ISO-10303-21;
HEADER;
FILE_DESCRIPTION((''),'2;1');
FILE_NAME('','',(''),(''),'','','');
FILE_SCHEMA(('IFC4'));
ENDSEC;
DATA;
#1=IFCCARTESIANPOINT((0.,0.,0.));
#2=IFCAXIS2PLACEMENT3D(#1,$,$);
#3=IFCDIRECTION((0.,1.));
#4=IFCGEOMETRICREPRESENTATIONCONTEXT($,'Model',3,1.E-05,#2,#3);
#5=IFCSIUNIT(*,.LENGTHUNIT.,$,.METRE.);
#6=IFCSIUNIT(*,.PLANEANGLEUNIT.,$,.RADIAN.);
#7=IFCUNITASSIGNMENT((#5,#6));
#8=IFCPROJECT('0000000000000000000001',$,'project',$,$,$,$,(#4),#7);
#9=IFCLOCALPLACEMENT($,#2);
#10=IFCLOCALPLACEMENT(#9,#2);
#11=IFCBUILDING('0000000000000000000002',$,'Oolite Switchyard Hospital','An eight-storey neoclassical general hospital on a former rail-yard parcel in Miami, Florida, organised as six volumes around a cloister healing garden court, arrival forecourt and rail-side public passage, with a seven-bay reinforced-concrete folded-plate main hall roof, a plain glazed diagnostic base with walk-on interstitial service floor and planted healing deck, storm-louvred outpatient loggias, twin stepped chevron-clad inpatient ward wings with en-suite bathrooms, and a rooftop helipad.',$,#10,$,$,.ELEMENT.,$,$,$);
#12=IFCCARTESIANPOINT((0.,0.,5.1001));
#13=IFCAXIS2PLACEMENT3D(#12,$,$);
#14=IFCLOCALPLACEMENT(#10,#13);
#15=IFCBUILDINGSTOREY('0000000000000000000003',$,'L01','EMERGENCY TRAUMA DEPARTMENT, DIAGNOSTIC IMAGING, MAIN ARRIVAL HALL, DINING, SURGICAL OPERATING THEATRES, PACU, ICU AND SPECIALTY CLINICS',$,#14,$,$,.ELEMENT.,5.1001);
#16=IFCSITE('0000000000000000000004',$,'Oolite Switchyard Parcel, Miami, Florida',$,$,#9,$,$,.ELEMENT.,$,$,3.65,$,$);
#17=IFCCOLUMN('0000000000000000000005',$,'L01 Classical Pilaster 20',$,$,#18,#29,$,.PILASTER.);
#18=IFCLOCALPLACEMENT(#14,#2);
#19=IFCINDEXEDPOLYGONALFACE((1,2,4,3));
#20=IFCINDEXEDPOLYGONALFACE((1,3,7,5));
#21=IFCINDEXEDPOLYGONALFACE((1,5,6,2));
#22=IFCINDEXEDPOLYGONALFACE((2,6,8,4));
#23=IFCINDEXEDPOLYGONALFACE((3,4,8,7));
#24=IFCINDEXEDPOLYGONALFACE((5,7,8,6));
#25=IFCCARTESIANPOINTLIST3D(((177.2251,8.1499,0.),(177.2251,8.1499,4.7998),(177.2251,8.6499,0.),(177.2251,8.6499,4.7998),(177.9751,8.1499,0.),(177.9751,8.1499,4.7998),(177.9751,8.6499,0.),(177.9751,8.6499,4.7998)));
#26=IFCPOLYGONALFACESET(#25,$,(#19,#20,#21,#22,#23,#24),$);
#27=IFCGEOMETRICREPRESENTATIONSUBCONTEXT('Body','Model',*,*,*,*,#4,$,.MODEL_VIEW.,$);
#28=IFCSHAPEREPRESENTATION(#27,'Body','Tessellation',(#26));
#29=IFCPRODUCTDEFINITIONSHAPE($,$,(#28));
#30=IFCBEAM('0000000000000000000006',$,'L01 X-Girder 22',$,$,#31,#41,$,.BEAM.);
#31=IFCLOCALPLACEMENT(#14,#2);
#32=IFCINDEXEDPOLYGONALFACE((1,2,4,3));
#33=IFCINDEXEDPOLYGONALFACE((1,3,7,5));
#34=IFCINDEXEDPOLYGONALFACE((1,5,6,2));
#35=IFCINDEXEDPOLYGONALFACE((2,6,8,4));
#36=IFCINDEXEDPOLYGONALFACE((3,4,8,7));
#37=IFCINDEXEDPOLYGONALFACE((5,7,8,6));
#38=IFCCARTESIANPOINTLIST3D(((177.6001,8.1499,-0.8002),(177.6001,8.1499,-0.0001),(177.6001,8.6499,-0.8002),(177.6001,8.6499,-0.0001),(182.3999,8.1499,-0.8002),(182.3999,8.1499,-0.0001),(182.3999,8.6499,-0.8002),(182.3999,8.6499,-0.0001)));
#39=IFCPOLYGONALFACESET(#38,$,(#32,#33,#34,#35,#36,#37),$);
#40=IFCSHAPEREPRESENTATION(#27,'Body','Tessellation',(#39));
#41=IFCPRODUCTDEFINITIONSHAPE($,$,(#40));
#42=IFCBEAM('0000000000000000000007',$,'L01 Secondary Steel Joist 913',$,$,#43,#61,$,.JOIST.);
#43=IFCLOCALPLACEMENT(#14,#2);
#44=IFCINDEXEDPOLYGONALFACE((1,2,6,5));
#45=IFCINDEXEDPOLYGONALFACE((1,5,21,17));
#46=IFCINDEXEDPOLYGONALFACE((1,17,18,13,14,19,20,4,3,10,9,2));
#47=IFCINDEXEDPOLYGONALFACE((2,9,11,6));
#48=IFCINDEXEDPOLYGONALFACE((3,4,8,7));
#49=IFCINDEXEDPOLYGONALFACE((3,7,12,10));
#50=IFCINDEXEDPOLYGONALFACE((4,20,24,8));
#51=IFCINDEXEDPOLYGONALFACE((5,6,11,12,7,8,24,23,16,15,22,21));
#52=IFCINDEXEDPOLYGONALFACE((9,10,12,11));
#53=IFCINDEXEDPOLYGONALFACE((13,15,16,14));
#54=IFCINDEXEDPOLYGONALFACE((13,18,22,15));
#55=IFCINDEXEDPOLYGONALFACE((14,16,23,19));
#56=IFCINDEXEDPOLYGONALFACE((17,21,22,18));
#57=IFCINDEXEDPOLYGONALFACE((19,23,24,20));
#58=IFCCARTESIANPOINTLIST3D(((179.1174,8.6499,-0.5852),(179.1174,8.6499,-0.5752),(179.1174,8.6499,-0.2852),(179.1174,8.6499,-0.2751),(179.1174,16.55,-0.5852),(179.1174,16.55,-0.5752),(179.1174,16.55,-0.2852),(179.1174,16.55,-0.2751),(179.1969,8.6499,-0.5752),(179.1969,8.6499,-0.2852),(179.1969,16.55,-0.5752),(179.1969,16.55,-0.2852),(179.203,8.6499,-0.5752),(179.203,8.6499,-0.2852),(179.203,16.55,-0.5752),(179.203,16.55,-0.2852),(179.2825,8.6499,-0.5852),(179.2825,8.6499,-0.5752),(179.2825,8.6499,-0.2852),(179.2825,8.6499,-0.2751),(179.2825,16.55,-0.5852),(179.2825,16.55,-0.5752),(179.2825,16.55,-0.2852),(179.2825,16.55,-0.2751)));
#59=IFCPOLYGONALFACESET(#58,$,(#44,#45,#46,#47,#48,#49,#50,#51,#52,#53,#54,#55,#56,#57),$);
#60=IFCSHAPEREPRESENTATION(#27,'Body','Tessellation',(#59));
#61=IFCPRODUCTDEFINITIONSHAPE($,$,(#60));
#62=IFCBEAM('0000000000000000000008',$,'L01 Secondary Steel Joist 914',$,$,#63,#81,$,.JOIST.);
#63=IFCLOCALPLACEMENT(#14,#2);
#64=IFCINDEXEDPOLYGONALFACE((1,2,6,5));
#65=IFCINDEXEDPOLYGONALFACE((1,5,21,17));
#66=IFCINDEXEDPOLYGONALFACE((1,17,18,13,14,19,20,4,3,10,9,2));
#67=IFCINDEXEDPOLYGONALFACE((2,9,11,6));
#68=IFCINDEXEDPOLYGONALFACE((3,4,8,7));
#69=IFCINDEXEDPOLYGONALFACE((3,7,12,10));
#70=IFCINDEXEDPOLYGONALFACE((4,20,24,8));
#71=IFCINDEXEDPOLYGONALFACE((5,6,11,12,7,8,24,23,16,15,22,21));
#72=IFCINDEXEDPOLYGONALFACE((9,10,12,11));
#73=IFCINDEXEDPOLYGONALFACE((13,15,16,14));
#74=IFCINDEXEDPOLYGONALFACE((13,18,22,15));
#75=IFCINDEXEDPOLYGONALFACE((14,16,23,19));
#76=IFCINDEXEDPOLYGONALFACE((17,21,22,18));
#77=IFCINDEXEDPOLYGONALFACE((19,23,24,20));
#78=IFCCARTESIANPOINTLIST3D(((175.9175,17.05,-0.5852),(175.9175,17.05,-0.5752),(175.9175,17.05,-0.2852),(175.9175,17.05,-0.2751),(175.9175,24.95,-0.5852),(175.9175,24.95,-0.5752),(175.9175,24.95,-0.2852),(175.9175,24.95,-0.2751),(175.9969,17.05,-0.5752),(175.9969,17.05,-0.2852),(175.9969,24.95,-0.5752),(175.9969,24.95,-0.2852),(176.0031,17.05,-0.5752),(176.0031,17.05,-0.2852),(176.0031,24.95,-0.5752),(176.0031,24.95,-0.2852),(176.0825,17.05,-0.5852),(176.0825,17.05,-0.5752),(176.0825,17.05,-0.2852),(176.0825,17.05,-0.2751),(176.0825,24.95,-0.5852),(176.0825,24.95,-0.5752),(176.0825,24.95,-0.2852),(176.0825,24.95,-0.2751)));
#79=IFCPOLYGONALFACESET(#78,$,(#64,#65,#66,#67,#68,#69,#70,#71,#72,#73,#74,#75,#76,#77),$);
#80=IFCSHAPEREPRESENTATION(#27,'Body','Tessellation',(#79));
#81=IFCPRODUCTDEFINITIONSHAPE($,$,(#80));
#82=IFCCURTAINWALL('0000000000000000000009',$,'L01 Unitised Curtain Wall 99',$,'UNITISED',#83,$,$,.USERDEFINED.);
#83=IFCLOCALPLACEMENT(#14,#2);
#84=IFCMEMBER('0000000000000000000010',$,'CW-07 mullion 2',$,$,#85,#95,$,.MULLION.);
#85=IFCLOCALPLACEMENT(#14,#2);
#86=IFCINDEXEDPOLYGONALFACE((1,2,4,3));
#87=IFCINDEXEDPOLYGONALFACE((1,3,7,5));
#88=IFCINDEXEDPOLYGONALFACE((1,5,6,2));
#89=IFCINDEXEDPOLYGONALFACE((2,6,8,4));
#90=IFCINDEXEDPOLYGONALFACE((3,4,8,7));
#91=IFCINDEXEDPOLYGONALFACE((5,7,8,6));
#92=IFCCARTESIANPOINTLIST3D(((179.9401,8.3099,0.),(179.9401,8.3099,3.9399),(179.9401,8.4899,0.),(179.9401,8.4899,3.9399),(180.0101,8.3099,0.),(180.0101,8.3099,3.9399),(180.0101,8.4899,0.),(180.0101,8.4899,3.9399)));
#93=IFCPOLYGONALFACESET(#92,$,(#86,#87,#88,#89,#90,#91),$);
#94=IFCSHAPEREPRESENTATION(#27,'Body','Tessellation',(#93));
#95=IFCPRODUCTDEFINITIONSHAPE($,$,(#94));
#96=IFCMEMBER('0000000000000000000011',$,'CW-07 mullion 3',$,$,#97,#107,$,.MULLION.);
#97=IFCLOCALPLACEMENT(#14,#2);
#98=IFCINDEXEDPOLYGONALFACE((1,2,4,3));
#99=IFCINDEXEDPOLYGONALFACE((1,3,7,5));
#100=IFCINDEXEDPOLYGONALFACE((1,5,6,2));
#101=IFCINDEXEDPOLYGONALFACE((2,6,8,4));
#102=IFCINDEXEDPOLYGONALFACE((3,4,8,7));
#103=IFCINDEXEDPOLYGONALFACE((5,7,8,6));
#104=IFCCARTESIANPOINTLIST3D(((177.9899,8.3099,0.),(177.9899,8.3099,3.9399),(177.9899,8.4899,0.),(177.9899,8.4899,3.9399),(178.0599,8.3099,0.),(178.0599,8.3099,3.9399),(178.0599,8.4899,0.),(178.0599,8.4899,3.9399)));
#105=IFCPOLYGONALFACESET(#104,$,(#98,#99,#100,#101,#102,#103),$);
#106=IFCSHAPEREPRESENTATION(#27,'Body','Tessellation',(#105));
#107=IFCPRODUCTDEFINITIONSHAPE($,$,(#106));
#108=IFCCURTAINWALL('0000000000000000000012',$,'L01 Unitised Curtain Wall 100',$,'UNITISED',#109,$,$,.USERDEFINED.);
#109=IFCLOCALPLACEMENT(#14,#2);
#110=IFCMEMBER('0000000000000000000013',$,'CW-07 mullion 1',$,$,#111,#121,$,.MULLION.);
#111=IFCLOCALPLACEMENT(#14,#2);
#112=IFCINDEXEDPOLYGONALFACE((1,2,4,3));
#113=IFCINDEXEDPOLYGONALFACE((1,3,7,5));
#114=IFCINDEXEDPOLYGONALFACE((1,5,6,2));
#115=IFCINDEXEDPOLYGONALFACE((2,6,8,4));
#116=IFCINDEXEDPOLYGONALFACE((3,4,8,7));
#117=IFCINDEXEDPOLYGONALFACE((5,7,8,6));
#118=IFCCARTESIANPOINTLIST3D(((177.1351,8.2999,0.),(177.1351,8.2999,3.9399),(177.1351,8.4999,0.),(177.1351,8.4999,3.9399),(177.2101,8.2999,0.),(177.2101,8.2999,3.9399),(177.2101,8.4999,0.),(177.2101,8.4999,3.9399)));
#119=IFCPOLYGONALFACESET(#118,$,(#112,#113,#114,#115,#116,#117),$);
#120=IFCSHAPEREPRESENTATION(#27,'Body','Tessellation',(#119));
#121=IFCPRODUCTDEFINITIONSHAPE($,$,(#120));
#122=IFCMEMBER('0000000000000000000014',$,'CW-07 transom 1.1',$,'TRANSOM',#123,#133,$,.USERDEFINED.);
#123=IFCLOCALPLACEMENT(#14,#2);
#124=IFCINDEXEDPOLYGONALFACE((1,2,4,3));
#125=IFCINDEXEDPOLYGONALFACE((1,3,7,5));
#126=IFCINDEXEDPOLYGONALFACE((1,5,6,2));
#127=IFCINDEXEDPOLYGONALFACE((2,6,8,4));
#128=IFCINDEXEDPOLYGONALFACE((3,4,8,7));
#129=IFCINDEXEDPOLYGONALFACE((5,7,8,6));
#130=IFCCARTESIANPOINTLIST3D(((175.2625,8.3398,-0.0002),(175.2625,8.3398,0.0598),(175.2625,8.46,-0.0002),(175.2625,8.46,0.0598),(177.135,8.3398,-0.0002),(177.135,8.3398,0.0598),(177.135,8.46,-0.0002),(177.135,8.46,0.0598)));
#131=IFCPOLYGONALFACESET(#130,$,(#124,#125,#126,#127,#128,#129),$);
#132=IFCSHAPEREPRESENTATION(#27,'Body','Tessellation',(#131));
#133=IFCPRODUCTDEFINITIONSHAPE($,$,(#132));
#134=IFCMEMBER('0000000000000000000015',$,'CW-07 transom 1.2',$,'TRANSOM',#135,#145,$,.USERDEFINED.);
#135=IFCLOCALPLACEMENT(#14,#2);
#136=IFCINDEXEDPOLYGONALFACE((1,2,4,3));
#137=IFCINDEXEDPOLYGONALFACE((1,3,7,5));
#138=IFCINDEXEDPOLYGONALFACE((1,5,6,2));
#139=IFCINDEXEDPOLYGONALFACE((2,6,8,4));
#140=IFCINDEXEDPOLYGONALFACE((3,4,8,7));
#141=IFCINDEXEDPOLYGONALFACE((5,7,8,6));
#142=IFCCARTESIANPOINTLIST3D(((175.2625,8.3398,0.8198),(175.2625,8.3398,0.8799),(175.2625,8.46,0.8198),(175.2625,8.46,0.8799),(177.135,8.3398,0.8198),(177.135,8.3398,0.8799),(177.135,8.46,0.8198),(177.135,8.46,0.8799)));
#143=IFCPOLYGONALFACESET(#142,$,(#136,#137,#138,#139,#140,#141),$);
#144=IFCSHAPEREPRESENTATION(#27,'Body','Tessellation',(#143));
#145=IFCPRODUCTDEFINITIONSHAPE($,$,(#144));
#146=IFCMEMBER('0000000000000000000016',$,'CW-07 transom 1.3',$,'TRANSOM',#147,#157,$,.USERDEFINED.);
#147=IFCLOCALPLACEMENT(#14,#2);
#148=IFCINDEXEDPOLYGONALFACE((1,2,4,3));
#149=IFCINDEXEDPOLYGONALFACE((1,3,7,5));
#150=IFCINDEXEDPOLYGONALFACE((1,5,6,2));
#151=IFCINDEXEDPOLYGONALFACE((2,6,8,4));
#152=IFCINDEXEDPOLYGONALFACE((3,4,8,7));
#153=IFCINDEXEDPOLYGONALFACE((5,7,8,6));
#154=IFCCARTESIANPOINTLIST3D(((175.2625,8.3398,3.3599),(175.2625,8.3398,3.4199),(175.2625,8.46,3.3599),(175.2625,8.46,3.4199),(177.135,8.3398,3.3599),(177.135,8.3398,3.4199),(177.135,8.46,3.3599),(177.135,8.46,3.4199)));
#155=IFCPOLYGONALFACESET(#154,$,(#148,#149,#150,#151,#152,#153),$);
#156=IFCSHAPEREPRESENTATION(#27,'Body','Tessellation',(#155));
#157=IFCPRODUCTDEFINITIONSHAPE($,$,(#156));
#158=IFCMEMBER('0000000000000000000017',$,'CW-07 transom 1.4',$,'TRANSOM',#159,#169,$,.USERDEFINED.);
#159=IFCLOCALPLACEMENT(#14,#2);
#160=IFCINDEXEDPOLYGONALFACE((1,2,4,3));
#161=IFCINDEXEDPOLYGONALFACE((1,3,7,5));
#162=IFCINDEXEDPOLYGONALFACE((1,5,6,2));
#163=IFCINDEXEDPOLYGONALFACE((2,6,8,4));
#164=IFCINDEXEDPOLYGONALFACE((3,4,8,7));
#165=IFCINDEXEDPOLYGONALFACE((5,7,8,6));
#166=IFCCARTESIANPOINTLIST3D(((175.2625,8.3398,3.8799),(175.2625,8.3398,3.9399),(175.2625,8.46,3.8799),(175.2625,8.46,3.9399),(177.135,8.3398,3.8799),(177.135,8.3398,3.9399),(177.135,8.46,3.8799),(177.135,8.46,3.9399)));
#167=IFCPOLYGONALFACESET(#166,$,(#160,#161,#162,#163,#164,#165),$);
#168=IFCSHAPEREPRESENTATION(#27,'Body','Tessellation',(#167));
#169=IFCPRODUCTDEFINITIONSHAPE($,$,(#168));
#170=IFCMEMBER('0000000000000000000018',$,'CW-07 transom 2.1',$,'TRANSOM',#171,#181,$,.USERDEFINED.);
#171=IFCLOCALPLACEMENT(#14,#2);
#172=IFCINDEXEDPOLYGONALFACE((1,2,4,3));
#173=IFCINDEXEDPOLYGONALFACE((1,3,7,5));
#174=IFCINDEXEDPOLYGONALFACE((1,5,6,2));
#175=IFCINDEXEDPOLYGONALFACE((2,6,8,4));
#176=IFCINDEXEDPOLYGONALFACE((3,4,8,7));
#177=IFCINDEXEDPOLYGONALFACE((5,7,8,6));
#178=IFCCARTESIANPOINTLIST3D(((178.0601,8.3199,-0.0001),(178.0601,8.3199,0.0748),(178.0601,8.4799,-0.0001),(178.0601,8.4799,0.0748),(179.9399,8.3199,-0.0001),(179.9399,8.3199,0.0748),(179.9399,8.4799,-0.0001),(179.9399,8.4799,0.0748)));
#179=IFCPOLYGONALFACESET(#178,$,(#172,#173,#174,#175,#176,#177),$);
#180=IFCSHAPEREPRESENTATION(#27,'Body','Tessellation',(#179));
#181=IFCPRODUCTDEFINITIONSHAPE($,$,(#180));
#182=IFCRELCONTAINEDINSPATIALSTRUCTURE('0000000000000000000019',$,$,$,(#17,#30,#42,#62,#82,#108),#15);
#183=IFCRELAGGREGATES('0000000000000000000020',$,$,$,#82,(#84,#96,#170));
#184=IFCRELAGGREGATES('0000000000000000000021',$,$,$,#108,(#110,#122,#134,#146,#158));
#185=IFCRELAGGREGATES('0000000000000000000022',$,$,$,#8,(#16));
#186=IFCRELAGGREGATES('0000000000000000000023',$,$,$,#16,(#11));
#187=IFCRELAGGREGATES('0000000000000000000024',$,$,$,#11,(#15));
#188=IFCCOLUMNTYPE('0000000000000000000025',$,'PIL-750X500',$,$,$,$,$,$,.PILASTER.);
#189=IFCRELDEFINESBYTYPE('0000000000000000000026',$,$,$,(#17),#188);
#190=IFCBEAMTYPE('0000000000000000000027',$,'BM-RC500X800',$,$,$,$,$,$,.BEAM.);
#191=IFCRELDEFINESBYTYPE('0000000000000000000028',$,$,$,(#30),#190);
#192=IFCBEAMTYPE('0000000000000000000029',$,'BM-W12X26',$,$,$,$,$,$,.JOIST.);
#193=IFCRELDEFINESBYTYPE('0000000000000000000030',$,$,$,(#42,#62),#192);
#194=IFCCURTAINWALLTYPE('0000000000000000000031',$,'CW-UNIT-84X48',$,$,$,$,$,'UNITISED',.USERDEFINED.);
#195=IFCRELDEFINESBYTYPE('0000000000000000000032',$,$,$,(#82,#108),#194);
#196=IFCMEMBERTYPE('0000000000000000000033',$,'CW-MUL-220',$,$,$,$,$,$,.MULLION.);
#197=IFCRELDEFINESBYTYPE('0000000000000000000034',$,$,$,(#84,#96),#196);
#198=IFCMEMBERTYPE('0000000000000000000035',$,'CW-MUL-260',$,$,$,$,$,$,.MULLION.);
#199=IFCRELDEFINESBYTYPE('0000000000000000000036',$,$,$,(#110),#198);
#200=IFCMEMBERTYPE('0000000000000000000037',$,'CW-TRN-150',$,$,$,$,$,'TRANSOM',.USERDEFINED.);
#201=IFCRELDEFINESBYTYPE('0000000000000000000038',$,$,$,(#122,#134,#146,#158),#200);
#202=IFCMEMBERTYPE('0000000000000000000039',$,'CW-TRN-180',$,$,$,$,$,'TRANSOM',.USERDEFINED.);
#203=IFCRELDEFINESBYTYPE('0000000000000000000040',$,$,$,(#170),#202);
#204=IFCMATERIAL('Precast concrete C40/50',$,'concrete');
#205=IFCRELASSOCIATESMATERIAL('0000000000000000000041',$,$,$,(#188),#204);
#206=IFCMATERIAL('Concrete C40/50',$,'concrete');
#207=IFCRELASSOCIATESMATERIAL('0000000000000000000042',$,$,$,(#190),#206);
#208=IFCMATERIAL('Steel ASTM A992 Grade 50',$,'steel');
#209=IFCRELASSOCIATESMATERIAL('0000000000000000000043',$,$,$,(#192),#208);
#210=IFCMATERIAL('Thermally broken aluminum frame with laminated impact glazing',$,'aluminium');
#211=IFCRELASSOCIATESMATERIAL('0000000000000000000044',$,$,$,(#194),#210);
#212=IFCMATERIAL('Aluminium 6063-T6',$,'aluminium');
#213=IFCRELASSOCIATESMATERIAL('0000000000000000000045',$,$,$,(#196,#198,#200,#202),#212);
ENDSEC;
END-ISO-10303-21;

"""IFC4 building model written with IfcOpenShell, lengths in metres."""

from ifc_helpers import new_model, si_unit, direction, frame, origin, origin_2d, place, context, subcontext, project, spatial, rectangle, i_section, extrude, material, material_profile, profile_set, type_object, element, aggregate, save


model = new_model("IFC4")

# Units and contexts
model_context = context("Model", 3, precision=1e-05, world=origin(), true_north=direction((0.0, 1.0)))
body_context = subcontext(model_context, "Body", "Model", "MODEL_VIEW")
ifc_project = project(units=[si_unit("LENGTHUNIT", "METRE"), si_unit("PLANEANGLEUNIT", "RADIAN")], contexts=[model_context])

# Site, building, storey
site_placement = place(None, origin())
site = spatial("IfcSite", under=ifc_project, at=site_placement, Name="Oolite Switchyard Parcel, Miami, Florida", CompositionType="ELEMENT", RefElevation=3.65)
building_placement = place(site_placement, origin())
building = spatial("IfcBuilding", under=site, at=building_placement, Name="Oolite Switchyard Hospital", Description="An eight-storey neoclassical general hospital on a former rail-yard parcel in Miami, Florida, organised as six volumes around a cloister healing garden court, arrival forecourt and rail-side public passage, with a seven-bay reinforced-concrete folded-plate main hall roof, a plain glazed diagnostic base with walk-on interstitial service floor and planted healing deck, storm-louvred outpatient loggias, twin stepped chevron-clad inpatient ward wings with en-suite bathrooms, and a rooftop helipad.", CompositionType="ELEMENT")
storey_placement = place(building_placement, frame((0.0, 0.0, 5.1001)))
storey = spatial("IfcBuildingStorey", under=building, at=storey_placement, Name="L01", Description="EMERGENCY TRAUMA DEPARTMENT, DIAGNOSTIC IMAGING, MAIN ARRIVAL HALL, DINING, SURGICAL OPERATING THEATRES, PACU, ICU AND SPECIALTY CLINICS", CompositionType="ELEMENT", Elevation=5.1001)

# Column
ifc_material_1 = material(Name="Precast concrete C40/50", Category="concrete")
ifc_material_profile_1 = material_profile(ifc_material_1, rectangle(XDim=0.75, YDim=0.5, at=origin_2d()), Name="PIL750X500")
ifc_profile_set_1 = profile_set([ifc_material_profile_1], Name="Precast concrete C40/50")
column_type = type_object("IfcColumnType", Name="PIL-750X500", PredefinedType="PILASTER", material=ifc_profile_set_1)
column_placement = place(storey_placement, frame((177.6001, 8.3999, 0.0), z_axis=(0.0, 0.0, 1.0), x_axis=(1.0, 0.0, 0.0)))
element("IfcColumn", 1, at=column_placement, inside=storey, type_object=column_type, Name="L01 Classical Pilaster 20", PredefinedType="PILASTER", context=body_context, shape_type="SweptSolid", body=[
    extrude(rectangle(XDim=0.75, YDim=0.5, at=origin_2d()), origin(), (0.0, 0.0, 1.0), 4.7998),
])

# Beams
ifc_material_2 = material(Name="Concrete C40/50", Category="concrete")
ifc_material_profile_2 = material_profile(ifc_material_2, rectangle(XDim=0.5, YDim=0.8, at=origin_2d()), Name="RCB500X800")
ifc_profile_set_2 = profile_set([ifc_material_profile_2], Name="Concrete C40/50")
beam_type_1 = type_object("IfcBeamType", Name="BM-RC500X800", PredefinedType="BEAM", material=ifc_profile_set_2)
beam_1_placement = place(storey_placement, frame((177.6001, 8.3999, -0.4001), z_axis=(1.0, 0.0, 0.0), x_axis=(0.0, 1.0, 0.0)))
element("IfcBeam", 2, at=beam_1_placement, inside=storey, type_object=beam_type_1, Name="L01 X-Girder 22", PredefinedType="BEAM", context=body_context, shape_type="SweptSolid", body=[
    extrude(rectangle(XDim=0.5, YDim=0.8, at=origin_2d()), origin(), (0.0, 0.0, 1.0), 4.7998),
])
ifc_material_3 = material(Name="Steel ASTM A992 Grade 50", Category="steel")
ifc_material_profile_3 = material_profile(ifc_material_3, i_section(OverallWidth=0.165, OverallDepth=0.3101, WebThickness=0.0061, FlangeThickness=0.01, at=origin_2d()), Name="W12X26")
ifc_profile_set_3 = profile_set([ifc_material_profile_3], Name="Steel ASTM A992 Grade 50")
beam_type_2 = type_object("IfcBeamType", Name="BM-W12X26", PredefinedType="JOIST", material=ifc_profile_set_3)
beam_2_placement = place(storey_placement, frame((179.2, 8.6499, -0.4302), z_axis=(0.0, 1.0, 0.0), x_axis=(-1.0, 0.0, 0.0)))
element("IfcBeam", 3, at=beam_2_placement, inside=storey, type_object=beam_type_2, Name="L01 Secondary Steel Joist 913", PredefinedType="JOIST", context=body_context, shape_type="SweptSolid", body=[
    extrude(i_section(OverallWidth=0.165, OverallDepth=0.3101, WebThickness=0.0061, FlangeThickness=0.01, at=origin_2d()), origin(), (0.0, 0.0, 1.0), 7.9001),
])
beam_3_placement = place(storey_placement, frame((176.0, 17.05, -0.4302), z_axis=(0.0, 1.0, 0.0), x_axis=(-1.0, 0.0, 0.0)))
element("IfcBeam", 4, at=beam_3_placement, inside=storey, type_object=beam_type_2, Name="L01 Secondary Steel Joist 914", PredefinedType="JOIST", context=body_context, shape_type="SweptSolid", body=[
    extrude(i_section(OverallWidth=0.165, OverallDepth=0.3101, WebThickness=0.0061, FlangeThickness=0.01, at=origin_2d()), origin(), (0.0, 0.0, 1.0), 7.8999),
])

# Curtain walls, members
ifc_material_4 = material(Name="Thermally broken aluminum frame with laminated impact glazing", Category="aluminium")
curtain_wall_type = type_object("IfcCurtainWallType", Name="CW-UNIT-84X48", ElementType="UNITISED", PredefinedType="USERDEFINED", material=ifc_material_4)
curtain_wall_1_placement = place(storey_placement, origin())
curtain_wall_1 = element("IfcCurtainWall", 5, at=curtain_wall_1_placement, inside=storey, type_object=curtain_wall_type, Name="L01 Unitised Curtain Wall 99", ObjectType="UNITISED", PredefinedType="USERDEFINED")
ifc_material_5 = material(Name="Aluminium 6063-T6", Category="aluminium")
ifc_material_profile_4 = material_profile(ifc_material_5, rectangle(XDim=0.1799, YDim=0.0701, at=origin_2d()), Name="CWM70X180")
ifc_profile_set_4 = profile_set([ifc_material_profile_4], Name="Aluminium 6063-T6")
member_type_1 = type_object("IfcMemberType", Name="CW-MUL-220", PredefinedType="MULLION", material=ifc_profile_set_4)
member_1_placement = place(storey_placement, frame((179.9751, 8.3999, 0.0), z_axis=(0.0, 0.0, 1.0), x_axis=(0.0, -1.0, 0.0)))
member_1 = element("IfcMember", 6, at=member_1_placement, type_object=member_type_1, Name="CW-07 mullion 2", PredefinedType="MULLION", context=body_context, shape_type="SweptSolid", body=[
    extrude(rectangle(XDim=0.1799, YDim=0.0701, at=origin_2d()), origin(), (0.0, 0.0, 1.0), 3.9399),
])
member_2_placement = place(storey_placement, frame((178.0249, 8.3999, 0.0), z_axis=(0.0, 0.0, 1.0), x_axis=(0.0, -1.0, 0.0)))
member_2 = element("IfcMember", 7, at=member_2_placement, type_object=member_type_1, Name="CW-07 mullion 3", PredefinedType="MULLION", context=body_context, shape_type="SweptSolid", body=[
    extrude(rectangle(XDim=0.1799, YDim=0.0701, at=origin_2d()), origin(), (0.0, 0.0, 1.0), 3.9399),
])
curtain_wall_2_placement = place(storey_placement, origin())
curtain_wall_2 = element("IfcCurtainWall", 8, at=curtain_wall_2_placement, inside=storey, type_object=curtain_wall_type, Name="L01 Unitised Curtain Wall 100", ObjectType="UNITISED", PredefinedType="USERDEFINED")
ifc_material_profile_5 = material_profile(ifc_material_5, rectangle(XDim=0.2, YDim=0.075, at=origin_2d()), Name="CWM75X200")
ifc_profile_set_5 = profile_set([ifc_material_profile_5], Name="Aluminium 6063-T6")
member_type_2 = type_object("IfcMemberType", Name="CW-MUL-260", PredefinedType="MULLION", material=ifc_profile_set_5)
member_3_placement = place(storey_placement, frame((177.1726, 8.3999, 0.0), z_axis=(0.0, 0.0, 1.0), x_axis=(0.0, -1.0, 0.0)))
member_3 = element("IfcMember", 9, at=member_3_placement, type_object=member_type_2, Name="CW-07 mullion 1", PredefinedType="MULLION", context=body_context, shape_type="SweptSolid", body=[
    extrude(rectangle(XDim=0.2, YDim=0.075, at=origin_2d()), origin(), (0.0, 0.0, 1.0), 3.9399),
])
ifc_material_profile_6 = material_profile(ifc_material_5, rectangle(XDim=0.1201, YDim=0.0601, at=origin_2d()), Name="CWT60X120")
ifc_profile_set_6 = profile_set([ifc_material_profile_6], Name="Aluminium 6063-T6")
member_type_3 = type_object("IfcMemberType", Name="CW-TRN-150", ElementType="TRANSOM", PredefinedType="USERDEFINED", material=ifc_profile_set_6)
member_4_placement = place(storey_placement, frame((177.135, 8.3999, 0.0298), z_axis=(-1.0, 0.0, 0.0), x_axis=(0.0, -1.0, 0.0)))
member_4 = element("IfcMember", 10, at=member_4_placement, type_object=member_type_3, Name="CW-07 transom 1.1", ObjectType="TRANSOM", PredefinedType="USERDEFINED", context=body_context, shape_type="SweptSolid", body=[
    extrude(rectangle(XDim=0.1201, YDim=0.0601, at=origin_2d()), origin(), (0.0, 0.0, 1.0), 1.8726),
])
member_5_placement = place(storey_placement, frame((177.135, 8.3999, 0.8499), z_axis=(-1.0, 0.0, 0.0), x_axis=(0.0, -1.0, 0.0)))
member_5 = element("IfcMember", 11, at=member_5_placement, type_object=member_type_3, Name="CW-07 transom 1.2", ObjectType="TRANSOM", PredefinedType="USERDEFINED", context=body_context, shape_type="SweptSolid", body=[
    extrude(rectangle(XDim=0.1201, YDim=0.0601, at=origin_2d()), origin(), (0.0, 0.0, 1.0), 1.8726),
])
member_6_placement = place(storey_placement, frame((177.135, 8.3999, 3.3899), z_axis=(-1.0, 0.0, 0.0), x_axis=(0.0, -1.0, 0.0)))
member_6 = element("IfcMember", 12, at=member_6_placement, type_object=member_type_3, Name="CW-07 transom 1.3", ObjectType="TRANSOM", PredefinedType="USERDEFINED", context=body_context, shape_type="SweptSolid", body=[
    extrude(rectangle(XDim=0.1201, YDim=0.0601, at=origin_2d()), origin(), (0.0, 0.0, 1.0), 1.8726),
])
member_7_placement = place(storey_placement, frame((177.135, 8.3999, 3.9099), z_axis=(-1.0, 0.0, 0.0), x_axis=(0.0, -1.0, 0.0)))
member_7 = element("IfcMember", 13, at=member_7_placement, type_object=member_type_3, Name="CW-07 transom 1.4", ObjectType="TRANSOM", PredefinedType="USERDEFINED", context=body_context, shape_type="SweptSolid", body=[
    extrude(rectangle(XDim=0.1201, YDim=0.0601, at=origin_2d()), origin(), (0.0, 0.0, 1.0), 1.8726),
])

# Member
ifc_material_profile_7 = material_profile(ifc_material_5, rectangle(XDim=0.1599, YDim=0.075, at=origin_2d()), Name="CWT75X160")
ifc_profile_set_7 = profile_set([ifc_material_profile_7], Name="Aluminium 6063-T6")
member_type_4 = type_object("IfcMemberType", Name="CW-TRN-180", ElementType="TRANSOM", PredefinedType="USERDEFINED", material=ifc_profile_set_7)
member_8_placement = place(storey_placement, frame((179.9399, 8.3999, 0.0374), z_axis=(-1.0, 0.0, 0.0), x_axis=(0.0, -1.0, 0.0)))
member_8 = element("IfcMember", 14, at=member_8_placement, type_object=member_type_4, Name="CW-07 transom 2.1", ObjectType="TRANSOM", PredefinedType="USERDEFINED", context=body_context, shape_type="SweptSolid", body=[
    extrude(rectangle(XDim=0.1599, YDim=0.075, at=origin_2d()), origin(), (0.0, 0.0, 1.0), 1.8799),
])

aggregate(curtain_wall_1, [member_1, member_2, member_8])
aggregate(curtain_wall_2, [member_3, member_4, member_5, member_6, member_7])

save(model, "model.ifc")
